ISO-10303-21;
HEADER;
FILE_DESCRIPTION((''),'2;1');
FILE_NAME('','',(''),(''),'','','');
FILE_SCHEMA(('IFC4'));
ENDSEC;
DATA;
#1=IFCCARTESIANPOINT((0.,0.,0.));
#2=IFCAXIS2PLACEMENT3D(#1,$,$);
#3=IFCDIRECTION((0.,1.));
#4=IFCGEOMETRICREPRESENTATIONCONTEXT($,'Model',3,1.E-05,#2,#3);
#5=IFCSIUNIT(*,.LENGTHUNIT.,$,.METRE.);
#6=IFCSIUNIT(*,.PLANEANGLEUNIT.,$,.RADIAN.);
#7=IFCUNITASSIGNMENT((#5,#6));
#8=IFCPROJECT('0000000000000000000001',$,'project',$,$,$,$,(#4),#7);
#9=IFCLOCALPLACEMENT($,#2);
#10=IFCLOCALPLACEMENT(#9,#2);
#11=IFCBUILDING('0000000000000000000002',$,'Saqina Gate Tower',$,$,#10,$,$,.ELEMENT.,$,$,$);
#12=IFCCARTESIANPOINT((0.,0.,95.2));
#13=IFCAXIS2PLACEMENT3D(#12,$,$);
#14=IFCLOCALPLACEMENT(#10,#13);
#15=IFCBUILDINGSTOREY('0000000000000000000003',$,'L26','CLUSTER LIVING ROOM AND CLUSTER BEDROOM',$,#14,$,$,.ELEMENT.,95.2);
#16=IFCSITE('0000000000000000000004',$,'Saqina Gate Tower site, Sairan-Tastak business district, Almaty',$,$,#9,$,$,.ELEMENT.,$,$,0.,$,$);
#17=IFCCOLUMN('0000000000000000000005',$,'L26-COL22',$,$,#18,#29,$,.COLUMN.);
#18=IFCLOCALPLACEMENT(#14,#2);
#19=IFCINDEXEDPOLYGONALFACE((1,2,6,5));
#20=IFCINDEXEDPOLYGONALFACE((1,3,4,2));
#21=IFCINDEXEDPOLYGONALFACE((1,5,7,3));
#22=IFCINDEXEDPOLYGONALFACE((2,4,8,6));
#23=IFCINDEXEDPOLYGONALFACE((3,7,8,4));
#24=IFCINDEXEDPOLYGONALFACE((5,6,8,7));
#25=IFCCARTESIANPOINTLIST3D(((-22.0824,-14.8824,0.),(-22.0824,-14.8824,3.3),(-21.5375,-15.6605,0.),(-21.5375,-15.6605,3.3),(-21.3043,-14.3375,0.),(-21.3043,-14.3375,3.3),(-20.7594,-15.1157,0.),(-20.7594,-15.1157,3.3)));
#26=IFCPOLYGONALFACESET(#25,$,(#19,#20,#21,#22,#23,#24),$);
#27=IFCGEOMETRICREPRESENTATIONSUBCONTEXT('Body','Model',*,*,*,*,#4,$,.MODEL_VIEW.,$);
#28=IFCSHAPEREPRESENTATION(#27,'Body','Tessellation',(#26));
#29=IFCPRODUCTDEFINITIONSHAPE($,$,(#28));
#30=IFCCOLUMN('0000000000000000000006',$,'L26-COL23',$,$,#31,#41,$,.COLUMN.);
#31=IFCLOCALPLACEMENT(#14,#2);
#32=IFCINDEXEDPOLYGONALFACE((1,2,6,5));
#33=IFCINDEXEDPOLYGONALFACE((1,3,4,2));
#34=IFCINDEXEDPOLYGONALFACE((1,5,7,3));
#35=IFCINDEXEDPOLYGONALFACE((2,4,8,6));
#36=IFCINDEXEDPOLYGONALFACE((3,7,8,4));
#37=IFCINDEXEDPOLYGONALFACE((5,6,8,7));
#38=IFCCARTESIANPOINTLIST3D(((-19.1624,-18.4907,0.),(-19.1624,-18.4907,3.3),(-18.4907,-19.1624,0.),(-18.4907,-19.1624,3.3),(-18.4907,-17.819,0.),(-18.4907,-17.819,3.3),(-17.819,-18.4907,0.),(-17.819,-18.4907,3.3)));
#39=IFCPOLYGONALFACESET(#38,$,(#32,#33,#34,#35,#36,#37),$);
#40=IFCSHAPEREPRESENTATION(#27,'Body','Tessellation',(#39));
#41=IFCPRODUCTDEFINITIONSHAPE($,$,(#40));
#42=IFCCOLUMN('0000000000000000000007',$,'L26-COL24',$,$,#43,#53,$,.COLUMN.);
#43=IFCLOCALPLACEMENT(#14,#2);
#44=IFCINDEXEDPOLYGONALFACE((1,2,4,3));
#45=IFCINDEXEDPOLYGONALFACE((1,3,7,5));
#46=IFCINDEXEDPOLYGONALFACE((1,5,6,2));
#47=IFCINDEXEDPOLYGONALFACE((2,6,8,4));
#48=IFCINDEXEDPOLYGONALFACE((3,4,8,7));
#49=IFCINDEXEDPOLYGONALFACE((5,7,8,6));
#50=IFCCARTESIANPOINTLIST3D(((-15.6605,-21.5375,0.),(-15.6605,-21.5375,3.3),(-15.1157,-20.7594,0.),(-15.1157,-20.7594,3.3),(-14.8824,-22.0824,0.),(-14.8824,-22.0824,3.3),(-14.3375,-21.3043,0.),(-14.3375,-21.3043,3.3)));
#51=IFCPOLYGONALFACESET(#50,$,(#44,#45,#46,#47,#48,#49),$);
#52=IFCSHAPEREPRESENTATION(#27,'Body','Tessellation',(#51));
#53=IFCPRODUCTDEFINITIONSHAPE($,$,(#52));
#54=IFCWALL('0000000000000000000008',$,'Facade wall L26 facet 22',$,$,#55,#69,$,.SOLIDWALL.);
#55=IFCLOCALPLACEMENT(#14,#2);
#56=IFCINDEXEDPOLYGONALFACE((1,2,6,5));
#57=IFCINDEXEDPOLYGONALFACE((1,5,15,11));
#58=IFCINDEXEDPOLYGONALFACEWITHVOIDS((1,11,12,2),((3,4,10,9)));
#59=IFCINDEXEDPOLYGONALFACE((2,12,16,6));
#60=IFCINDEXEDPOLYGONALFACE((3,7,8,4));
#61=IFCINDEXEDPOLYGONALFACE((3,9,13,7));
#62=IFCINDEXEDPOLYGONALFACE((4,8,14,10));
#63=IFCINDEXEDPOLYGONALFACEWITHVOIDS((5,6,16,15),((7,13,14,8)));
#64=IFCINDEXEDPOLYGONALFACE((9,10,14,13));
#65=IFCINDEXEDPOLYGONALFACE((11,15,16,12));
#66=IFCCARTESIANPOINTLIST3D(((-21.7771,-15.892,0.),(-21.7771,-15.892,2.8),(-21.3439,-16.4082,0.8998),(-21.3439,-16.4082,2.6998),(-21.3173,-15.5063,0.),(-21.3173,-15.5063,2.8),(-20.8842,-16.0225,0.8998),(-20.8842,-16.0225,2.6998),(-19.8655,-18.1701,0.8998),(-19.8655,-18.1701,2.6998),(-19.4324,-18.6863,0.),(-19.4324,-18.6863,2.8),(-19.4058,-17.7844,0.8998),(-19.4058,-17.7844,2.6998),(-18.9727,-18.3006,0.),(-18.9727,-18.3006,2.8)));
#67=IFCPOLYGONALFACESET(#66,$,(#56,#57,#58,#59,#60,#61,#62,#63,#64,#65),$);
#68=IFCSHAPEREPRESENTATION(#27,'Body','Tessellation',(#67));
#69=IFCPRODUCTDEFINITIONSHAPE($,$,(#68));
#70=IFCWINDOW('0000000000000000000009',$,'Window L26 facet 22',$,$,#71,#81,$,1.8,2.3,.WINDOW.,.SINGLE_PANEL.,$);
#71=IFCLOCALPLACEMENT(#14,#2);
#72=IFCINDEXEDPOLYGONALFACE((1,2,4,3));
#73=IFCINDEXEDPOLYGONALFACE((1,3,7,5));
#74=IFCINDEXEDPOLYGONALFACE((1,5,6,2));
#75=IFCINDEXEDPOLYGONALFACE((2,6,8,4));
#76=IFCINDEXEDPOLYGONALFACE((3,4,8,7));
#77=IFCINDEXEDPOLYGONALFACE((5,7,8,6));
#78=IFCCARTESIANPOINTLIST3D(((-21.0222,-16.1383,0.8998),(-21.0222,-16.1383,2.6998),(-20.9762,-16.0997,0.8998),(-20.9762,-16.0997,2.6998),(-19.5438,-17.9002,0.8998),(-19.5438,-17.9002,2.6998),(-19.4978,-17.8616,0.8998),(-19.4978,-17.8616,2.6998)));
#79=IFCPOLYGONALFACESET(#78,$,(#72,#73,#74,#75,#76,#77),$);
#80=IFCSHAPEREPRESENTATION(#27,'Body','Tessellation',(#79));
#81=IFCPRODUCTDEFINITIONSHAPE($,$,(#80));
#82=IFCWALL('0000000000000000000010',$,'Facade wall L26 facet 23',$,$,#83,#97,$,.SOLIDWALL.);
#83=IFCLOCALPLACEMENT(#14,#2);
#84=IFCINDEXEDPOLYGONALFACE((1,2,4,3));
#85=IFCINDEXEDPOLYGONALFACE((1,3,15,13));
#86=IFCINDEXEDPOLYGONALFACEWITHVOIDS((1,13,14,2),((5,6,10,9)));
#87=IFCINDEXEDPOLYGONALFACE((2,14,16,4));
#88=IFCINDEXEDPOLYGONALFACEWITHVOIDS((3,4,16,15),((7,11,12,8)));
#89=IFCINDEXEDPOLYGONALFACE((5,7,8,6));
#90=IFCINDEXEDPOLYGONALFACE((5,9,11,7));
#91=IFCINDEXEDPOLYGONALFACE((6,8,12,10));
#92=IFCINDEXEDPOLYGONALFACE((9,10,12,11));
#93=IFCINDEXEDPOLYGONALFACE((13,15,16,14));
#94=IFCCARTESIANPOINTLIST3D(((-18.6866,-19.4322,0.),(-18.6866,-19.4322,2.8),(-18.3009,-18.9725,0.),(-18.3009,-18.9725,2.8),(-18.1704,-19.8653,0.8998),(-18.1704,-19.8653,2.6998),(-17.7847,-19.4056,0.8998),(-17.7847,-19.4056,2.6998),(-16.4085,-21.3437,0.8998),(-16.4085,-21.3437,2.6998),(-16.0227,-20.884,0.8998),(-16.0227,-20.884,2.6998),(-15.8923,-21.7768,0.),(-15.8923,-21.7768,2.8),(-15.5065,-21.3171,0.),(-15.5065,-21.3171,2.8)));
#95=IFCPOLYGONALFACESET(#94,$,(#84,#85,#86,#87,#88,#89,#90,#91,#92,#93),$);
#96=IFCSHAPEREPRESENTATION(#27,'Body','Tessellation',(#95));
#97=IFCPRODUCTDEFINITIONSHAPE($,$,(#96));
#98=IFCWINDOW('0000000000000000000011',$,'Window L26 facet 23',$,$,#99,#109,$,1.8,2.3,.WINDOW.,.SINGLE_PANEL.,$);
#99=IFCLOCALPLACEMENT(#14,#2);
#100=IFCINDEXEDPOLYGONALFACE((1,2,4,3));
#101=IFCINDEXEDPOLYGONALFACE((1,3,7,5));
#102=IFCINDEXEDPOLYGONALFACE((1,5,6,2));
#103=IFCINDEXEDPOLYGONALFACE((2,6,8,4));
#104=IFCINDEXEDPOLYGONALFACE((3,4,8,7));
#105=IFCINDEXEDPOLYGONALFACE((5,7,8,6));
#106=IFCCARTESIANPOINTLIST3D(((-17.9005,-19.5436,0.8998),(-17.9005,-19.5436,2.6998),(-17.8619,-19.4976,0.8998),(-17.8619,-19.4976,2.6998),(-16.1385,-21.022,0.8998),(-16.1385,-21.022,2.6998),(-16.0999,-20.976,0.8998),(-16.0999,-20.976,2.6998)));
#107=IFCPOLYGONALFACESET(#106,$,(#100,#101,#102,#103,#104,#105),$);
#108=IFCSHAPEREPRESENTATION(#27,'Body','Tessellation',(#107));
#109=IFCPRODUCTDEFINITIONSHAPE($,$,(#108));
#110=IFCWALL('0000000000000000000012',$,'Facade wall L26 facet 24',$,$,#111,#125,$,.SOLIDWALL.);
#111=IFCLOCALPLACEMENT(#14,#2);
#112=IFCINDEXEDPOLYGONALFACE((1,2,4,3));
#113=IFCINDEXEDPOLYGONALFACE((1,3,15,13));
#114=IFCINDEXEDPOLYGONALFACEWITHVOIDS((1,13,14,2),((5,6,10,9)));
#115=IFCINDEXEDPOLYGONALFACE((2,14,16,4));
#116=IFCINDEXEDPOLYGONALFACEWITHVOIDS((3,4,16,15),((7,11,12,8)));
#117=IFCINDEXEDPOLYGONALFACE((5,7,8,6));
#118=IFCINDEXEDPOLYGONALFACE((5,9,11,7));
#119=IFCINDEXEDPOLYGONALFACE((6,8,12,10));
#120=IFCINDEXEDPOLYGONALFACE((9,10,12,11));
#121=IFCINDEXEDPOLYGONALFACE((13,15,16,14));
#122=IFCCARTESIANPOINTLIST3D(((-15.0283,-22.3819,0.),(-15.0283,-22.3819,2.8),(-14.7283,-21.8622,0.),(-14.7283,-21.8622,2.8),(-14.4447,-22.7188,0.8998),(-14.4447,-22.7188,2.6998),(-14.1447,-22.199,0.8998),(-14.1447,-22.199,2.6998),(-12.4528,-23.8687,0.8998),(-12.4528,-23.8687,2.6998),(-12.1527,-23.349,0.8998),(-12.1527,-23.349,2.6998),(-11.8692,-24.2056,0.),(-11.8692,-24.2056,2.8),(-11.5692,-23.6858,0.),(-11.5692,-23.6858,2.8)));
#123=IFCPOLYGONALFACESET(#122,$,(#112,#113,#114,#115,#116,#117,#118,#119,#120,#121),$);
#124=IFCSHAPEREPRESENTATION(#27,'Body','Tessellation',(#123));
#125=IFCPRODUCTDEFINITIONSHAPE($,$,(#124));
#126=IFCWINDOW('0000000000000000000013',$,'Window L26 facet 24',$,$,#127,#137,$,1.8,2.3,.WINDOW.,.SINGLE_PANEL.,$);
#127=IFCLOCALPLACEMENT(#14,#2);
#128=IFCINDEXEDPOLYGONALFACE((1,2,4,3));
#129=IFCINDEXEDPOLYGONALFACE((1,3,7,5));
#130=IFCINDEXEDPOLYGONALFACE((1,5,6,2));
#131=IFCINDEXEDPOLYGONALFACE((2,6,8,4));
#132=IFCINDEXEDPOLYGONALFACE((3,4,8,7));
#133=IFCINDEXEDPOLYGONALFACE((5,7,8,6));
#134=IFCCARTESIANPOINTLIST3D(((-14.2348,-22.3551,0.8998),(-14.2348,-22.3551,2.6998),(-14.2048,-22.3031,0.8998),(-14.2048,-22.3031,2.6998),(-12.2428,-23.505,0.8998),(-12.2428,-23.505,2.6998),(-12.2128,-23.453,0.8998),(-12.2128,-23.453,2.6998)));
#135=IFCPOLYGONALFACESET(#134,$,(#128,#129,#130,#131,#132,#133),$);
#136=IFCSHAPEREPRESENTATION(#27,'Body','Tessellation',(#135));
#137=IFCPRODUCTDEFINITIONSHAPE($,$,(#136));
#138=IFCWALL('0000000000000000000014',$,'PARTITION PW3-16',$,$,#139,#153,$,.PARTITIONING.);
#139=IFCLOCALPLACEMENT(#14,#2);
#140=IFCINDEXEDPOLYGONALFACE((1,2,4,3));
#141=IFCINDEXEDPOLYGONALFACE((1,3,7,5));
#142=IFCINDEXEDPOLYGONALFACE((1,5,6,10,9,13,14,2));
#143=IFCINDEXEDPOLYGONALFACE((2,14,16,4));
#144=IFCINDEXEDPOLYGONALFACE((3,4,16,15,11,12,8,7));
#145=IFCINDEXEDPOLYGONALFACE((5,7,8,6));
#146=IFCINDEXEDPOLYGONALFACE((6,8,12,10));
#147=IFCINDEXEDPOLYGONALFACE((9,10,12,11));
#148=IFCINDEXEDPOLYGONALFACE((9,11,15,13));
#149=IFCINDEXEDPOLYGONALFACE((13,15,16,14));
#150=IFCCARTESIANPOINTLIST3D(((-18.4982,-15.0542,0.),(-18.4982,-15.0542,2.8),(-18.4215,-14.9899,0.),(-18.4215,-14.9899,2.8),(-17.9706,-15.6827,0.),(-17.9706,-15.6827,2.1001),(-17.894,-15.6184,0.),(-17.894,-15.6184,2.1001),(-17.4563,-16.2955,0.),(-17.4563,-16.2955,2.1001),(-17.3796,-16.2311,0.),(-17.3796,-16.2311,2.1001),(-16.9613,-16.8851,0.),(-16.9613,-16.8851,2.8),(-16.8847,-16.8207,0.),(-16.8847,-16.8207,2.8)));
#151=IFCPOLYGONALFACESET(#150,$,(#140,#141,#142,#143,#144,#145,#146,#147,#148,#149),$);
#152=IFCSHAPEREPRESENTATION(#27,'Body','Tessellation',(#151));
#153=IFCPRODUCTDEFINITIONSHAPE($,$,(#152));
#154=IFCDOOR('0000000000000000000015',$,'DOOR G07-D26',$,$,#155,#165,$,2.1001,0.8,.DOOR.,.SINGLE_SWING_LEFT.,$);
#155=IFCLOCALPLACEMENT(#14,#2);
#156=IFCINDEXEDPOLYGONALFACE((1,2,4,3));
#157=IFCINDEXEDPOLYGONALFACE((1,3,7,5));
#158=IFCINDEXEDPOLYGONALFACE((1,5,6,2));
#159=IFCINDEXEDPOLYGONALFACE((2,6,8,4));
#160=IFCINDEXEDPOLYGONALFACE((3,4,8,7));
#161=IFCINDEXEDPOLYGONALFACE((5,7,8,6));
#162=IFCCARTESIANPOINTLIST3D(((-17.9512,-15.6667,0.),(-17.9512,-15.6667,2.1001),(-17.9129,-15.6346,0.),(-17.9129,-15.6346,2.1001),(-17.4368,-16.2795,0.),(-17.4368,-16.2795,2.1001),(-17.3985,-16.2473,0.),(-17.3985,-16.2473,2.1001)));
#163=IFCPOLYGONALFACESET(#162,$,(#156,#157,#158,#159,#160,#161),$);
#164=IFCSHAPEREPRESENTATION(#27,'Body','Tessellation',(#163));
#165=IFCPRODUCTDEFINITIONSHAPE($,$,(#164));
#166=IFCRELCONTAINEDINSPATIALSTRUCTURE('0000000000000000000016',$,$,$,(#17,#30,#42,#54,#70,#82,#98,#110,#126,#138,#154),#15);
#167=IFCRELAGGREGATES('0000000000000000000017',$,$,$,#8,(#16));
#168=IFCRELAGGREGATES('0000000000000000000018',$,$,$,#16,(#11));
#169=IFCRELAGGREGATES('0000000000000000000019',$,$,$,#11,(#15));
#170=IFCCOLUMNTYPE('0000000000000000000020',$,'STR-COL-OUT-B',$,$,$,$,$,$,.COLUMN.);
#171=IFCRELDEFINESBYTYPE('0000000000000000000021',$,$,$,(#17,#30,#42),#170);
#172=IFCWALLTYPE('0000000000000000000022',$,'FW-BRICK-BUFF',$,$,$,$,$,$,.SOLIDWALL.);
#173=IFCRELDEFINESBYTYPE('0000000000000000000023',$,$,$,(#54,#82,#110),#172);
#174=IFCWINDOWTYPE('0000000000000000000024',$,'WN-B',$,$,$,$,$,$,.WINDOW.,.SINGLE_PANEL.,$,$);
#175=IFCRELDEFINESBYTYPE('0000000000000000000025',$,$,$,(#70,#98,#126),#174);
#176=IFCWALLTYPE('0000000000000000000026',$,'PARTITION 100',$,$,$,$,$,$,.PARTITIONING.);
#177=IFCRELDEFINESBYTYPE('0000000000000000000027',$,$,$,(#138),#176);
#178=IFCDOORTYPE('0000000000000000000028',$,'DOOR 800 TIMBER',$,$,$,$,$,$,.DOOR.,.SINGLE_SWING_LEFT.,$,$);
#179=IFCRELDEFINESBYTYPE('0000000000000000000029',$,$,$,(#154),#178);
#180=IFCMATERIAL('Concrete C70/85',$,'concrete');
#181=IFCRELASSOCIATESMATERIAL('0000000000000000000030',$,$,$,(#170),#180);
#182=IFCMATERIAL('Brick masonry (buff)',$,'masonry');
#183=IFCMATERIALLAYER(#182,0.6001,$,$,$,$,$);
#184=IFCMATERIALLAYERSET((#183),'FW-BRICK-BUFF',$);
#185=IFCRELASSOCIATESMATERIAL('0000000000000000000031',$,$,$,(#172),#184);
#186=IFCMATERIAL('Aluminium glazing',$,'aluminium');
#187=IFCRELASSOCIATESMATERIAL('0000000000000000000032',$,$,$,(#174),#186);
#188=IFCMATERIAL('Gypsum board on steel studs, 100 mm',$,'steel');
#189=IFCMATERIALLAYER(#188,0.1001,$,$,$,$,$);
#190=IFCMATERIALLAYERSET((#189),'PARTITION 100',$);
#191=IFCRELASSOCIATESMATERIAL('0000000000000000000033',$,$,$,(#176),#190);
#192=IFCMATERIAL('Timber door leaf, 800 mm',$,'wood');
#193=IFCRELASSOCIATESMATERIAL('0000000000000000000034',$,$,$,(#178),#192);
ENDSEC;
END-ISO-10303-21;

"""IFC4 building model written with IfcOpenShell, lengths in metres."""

from ifc_helpers import new_model, si_unit, direction, frame, frame_2d, origin, origin_2d, place, context, subcontext, project, spatial, rectangle, extrude, material, layer, layer_set, material_profile, profile_set, type_object, element, fill, save


model = new_model("IFC4")

# Units and contexts
model_context = context("Model", 3, precision=1e-05, world=origin(), true_north=direction((0.0, 1.0)))
body_context = subcontext(model_context, "Body", "Model", "MODEL_VIEW")
ifc_project = project(units=[si_unit("LENGTHUNIT", "METRE"), si_unit("PLANEANGLEUNIT", "RADIAN")], contexts=[model_context])

# Site, building, storey
site_placement = place(None, origin())
site = spatial("IfcSite", under=ifc_project, at=site_placement, Name="Saqina Gate Tower site, Sairan-Tastak business district, Almaty", CompositionType="ELEMENT", RefElevation=0.0)
building_placement = place(site_placement, origin())
building = spatial("IfcBuilding", under=site, at=building_placement, Name="Saqina Gate Tower", CompositionType="ELEMENT")
storey_placement = place(building_placement, frame((0.0, 0.0, 95.2)))
storey = spatial("IfcBuildingStorey", under=building, at=storey_placement, Name="L26", Description="CLUSTER LIVING ROOM AND CLUSTER BEDROOM", CompositionType="ELEMENT", Elevation=95.2)

# Columns
ifc_material_1 = material(Name="Concrete C70/85", Category="concrete")
ifc_material_profile = material_profile(ifc_material_1, rectangle(XDim=0.95, YDim=0.95, at=origin_2d()), Name="RC 950x950")
ifc_profile_set = profile_set([ifc_material_profile], Name="Concrete C70/85")
column_type = type_object("IfcColumnType", Name="STR-COL-OUT-B", PredefinedType="COLUMN", material=ifc_profile_set)
for number, where, z_axis, x_axis, name in (
    (1, (-21.4209, -14.999, 0.0), (0.0, 0.0, 1.0), (-0.819152, -0.573576, 0.0), "L26-COL22"),
    (2, (-18.4907, -18.4907, 0.0), (0.0, 0.0, 1.0), (-0.707107, -0.707107, 0.0), "L26-COL23"),
    (3, (-14.999, -21.4209, 0.0), (0.0, 0.0, 1.0), (-0.573576, -0.819152, 0.0), "L26-COL24"),
):
    element("IfcColumn", number, at=place(storey_placement, frame(where, z_axis=z_axis, x_axis=x_axis)), inside=storey, type_object=column_type, Name=name, PredefinedType="COLUMN", context=body_context, shape_type="SweptSolid", body=[
        extrude(rectangle(XDim=0.95, YDim=0.95, at=origin_2d()), origin(), (0.0, 0.0, 1.0), 3.3),
    ])

# Walls, openings, windows
ifc_material_2 = material(Name="Brick masonry (buff)", Category="masonry")
ifc_layer_1 = layer(ifc_material_2, 0.6001)
ifc_layer_set_1 = layer_set([ifc_layer_1], Name="FW-BRICK-BUFF")
wall_type_1 = type_object("IfcWallType", Name="FW-BRICK-BUFF", PredefinedType="SOLIDWALL", material=ifc_layer_set_1)
wall_1_placement = place(storey_placement, frame((-21.5471, -15.6992, 0.0), z_axis=(0.0, 0.0, 1.0), x_axis=(0.642774, -0.766055, 0.0)))
wall_1 = element("IfcWall", 4, at=wall_1_placement, inside=storey, type_object=wall_type_1, Name="Facade wall L26 facet 22", PredefinedType="SOLIDWALL", context=body_context, shape_type="SweptSolid", body=[
    extrude(rectangle(XDim=3.6477, YDim=0.6001, at=frame_2d((1.8237, 0.0))), origin(), (0.0, 0.0, 1.0), 2.8),
])
opening_1_placement = place(wall_1_placement, frame((0.6738, 0.0, 0.8999)))
opening_1 = element("IfcOpeningElement", 5, at=opening_1_placement, cuts=wall_1, PredefinedType="OPENING", context=body_context, shape_type="SweptSolid", body=[
    extrude(rectangle(XDim=2.3, YDim=1.8, at=frame_2d((1.1499, 0.8999))), frame((0.0, 0.312, 0.0), z_axis=(0.0, -1.0, 0.0), x_axis=(1.0, 0.0, 0.0)), (0.0, 0.0, 1.0), 0.624),
])
ifc_material_3 = material(Name="Aluminium glazing", Category="aluminium")
window_type = type_object("IfcWindowType", Name="WN-B", PartitioningType="SINGLE_PANEL", PredefinedType="WINDOW", material=ifc_material_3)
window_1_placement = place(opening_1_placement, origin())
window_1 = element("IfcWindow", 6, at=window_1_placement, inside=storey, type_object=window_type, Name="Window L26 facet 22", OverallHeight=1.8, OverallWidth=2.3, PartitioningType="SINGLE_PANEL", PredefinedType="WINDOW", context=body_context, shape_type="SweptSolid", body=[
    extrude(rectangle(XDim=2.3, YDim=1.8, at=frame_2d((1.1499, 0.8999))), frame((0.0, 0.1799, 0.0), z_axis=(0.0, -1.0, 0.0), x_axis=(1.0, 0.0, 0.0)), (0.0, 0.0, 1.0), 0.0601),
])
fill(opening_1, window_1)
wall_2_placement = place(storey_placement, frame((-18.4937, -19.2024, 0.0), z_axis=(0.0, 0.0, 1.0), x_axis=(0.766055, -0.642774, 0.0)))
wall_2 = element("IfcWall", 7, at=wall_2_placement, inside=storey, type_object=wall_type_1, Name="Facade wall L26 facet 23", PredefinedType="SOLIDWALL", context=body_context, shape_type="SweptSolid", body=[
    extrude(rectangle(XDim=3.6477, YDim=0.6001, at=frame_2d((1.8237, 0.0))), origin(), (0.0, 0.0, 1.0), 2.8),
])
opening_2_placement = place(wall_2_placement, frame((0.6738, 0.0, 0.8999)))
opening_2 = element("IfcOpeningElement", 8, at=opening_2_placement, cuts=wall_2, PredefinedType="OPENING", context=body_context, shape_type="SweptSolid", body=[
    extrude(rectangle(XDim=2.3, YDim=1.8, at=frame_2d((1.1499, 0.8999))), frame((0.0, 0.312, 0.0), z_axis=(0.0, -1.0, 0.0), x_axis=(1.0, 0.0, 0.0)), (0.0, 0.0, 1.0), 0.624),
])
window_2_placement = place(opening_2_placement, origin())
window_2 = element("IfcWindow", 9, at=window_2_placement, inside=storey, type_object=window_type, Name="Window L26 facet 23", OverallHeight=1.8, OverallWidth=2.3, PartitioningType="SINGLE_PANEL", PredefinedType="WINDOW", context=body_context, shape_type="SweptSolid", body=[
    extrude(rectangle(XDim=2.3, YDim=1.8, at=frame_2d((1.1499, 0.8999))), frame((0.0, 0.1799, 0.0), z_axis=(0.0, -1.0, 0.0), x_axis=(1.0, 0.0, 0.0)), (0.0, 0.0, 1.0), 0.0601),
])
fill(opening_2, window_2)
wall_3_placement = place(storey_placement, frame((-14.8782, -22.1221, 0.0), z_axis=(0.0, 0.0, 1.0), x_axis=(0.866052, -0.499954, 0.0)))
wall_3 = element("IfcWall", 10, at=wall_3_placement, inside=storey, type_object=wall_type_1, Name="Facade wall L26 facet 24", PredefinedType="SOLIDWALL", context=body_context, shape_type="SweptSolid", body=[
    extrude(rectangle(XDim=3.6477, YDim=0.6001, at=frame_2d((1.8237, 0.0))), origin(), (0.0, 0.0, 1.0), 2.8),
])
opening_3_placement = place(wall_3_placement, frame((0.6738, 0.0, 0.8999)))
opening_3 = element("IfcOpeningElement", 11, at=opening_3_placement, cuts=wall_3, PredefinedType="OPENING", context=body_context, shape_type="SweptSolid", body=[
    extrude(rectangle(XDim=2.3, YDim=1.8, at=frame_2d((1.1499, 0.8999))), frame((0.0, 0.312, 0.0), z_axis=(0.0, -1.0, 0.0), x_axis=(1.0, 0.0, 0.0)), (0.0, 0.0, 1.0), 0.624),
])
window_3_placement = place(opening_3_placement, origin())
window_3 = element("IfcWindow", 12, at=window_3_placement, inside=storey, type_object=window_type, Name="Window L26 facet 24", OverallHeight=1.8, OverallWidth=2.3, PartitioningType="SINGLE_PANEL", PredefinedType="WINDOW", context=body_context, shape_type="SweptSolid", body=[
    extrude(rectangle(XDim=2.3, YDim=1.8, at=frame_2d((1.1499, 0.8999))), frame((0.0, 0.1799, 0.0), z_axis=(0.0, -1.0, 0.0), x_axis=(1.0, 0.0, 0.0)), (0.0, 0.0, 1.0), 0.0601),
])
fill(opening_3, window_3)

# Wall, opening, door
ifc_material_4 = material(Name="Gypsum board on steel studs, 100 mm", Category="steel")
ifc_layer_2 = layer(ifc_material_4, 0.1001)
ifc_layer_set_2 = layer_set([ifc_layer_2], Name="PARTITION 100")
wall_type_2 = type_object("IfcWallType", Name="PARTITION 100", PredefinedType="PARTITIONING", material=ifc_layer_set_2)
wall_4_placement = place(storey_placement, frame((-18.46, -15.022, 0.0), z_axis=(0.0, 0.0, 1.0), x_axis=(0.642943, -0.765914, 0.0)))
wall_4 = element("IfcWall", 13, at=wall_4_placement, inside=storey, type_object=wall_type_2, Name="PARTITION PW3-16", PredefinedType="PARTITIONING", context=body_context, shape_type="SweptSolid", body=[
    extrude(rectangle(XDim=2.3904, YDim=0.1001, at=frame_2d((1.1953, 0.0))), origin(), (0.0, 0.0, 1.0), 2.8),
])
opening_4_placement = place(wall_4_placement, frame((0.8208, 0.0, 0.0)))
opening_4 = element("IfcOpeningElement", 14, at=opening_4_placement, cuts=wall_4, PredefinedType="OPENING", context=body_context, shape_type="SweptSolid", body=[
    extrude(rectangle(XDim=0.8, YDim=2.1001, at=frame_2d((0.3999, 1.05))), frame((0.0, 0.062, 0.0), z_axis=(0.0, -1.0, 0.0), x_axis=(1.0, 0.0, 0.0)), (0.0, 0.0, 1.0), 0.124),
])
ifc_material_5 = material(Name="Timber door leaf, 800 mm", Category="wood")
door_type_1 = type_object("IfcDoorType", Name="DOOR 800 TIMBER", OperationType="SINGLE_SWING_LEFT", PredefinedType="DOOR", material=ifc_material_5)
door_1_placement = place(opening_4_placement, frame((0.8, 0.0, 0.0), z_axis=(0.0, 0.0, 1.0), x_axis=(-1.0, 0.0, 0.0)))
door_1 = element("IfcDoor", 15, at=door_1_placement, inside=storey, type_object=door_type_1, Name="DOOR G07-D26", OperationType="SINGLE_SWING_LEFT", OverallHeight=2.1001, OverallWidth=0.8, PredefinedType="DOOR", context=body_context, shape_type="SweptSolid", body=[
    extrude(rectangle(XDim=0.8, YDim=2.1001, at=frame_2d((0.3999, 1.05))), frame((0.0, 0.0249, 0.0), z_axis=(0.0, -1.0, 0.0), x_axis=(1.0, 0.0, 0.0)), (0.0, 0.0, 1.0), 0.05),
])
fill(opening_4, door_1)

save(model, "model.ifc")
